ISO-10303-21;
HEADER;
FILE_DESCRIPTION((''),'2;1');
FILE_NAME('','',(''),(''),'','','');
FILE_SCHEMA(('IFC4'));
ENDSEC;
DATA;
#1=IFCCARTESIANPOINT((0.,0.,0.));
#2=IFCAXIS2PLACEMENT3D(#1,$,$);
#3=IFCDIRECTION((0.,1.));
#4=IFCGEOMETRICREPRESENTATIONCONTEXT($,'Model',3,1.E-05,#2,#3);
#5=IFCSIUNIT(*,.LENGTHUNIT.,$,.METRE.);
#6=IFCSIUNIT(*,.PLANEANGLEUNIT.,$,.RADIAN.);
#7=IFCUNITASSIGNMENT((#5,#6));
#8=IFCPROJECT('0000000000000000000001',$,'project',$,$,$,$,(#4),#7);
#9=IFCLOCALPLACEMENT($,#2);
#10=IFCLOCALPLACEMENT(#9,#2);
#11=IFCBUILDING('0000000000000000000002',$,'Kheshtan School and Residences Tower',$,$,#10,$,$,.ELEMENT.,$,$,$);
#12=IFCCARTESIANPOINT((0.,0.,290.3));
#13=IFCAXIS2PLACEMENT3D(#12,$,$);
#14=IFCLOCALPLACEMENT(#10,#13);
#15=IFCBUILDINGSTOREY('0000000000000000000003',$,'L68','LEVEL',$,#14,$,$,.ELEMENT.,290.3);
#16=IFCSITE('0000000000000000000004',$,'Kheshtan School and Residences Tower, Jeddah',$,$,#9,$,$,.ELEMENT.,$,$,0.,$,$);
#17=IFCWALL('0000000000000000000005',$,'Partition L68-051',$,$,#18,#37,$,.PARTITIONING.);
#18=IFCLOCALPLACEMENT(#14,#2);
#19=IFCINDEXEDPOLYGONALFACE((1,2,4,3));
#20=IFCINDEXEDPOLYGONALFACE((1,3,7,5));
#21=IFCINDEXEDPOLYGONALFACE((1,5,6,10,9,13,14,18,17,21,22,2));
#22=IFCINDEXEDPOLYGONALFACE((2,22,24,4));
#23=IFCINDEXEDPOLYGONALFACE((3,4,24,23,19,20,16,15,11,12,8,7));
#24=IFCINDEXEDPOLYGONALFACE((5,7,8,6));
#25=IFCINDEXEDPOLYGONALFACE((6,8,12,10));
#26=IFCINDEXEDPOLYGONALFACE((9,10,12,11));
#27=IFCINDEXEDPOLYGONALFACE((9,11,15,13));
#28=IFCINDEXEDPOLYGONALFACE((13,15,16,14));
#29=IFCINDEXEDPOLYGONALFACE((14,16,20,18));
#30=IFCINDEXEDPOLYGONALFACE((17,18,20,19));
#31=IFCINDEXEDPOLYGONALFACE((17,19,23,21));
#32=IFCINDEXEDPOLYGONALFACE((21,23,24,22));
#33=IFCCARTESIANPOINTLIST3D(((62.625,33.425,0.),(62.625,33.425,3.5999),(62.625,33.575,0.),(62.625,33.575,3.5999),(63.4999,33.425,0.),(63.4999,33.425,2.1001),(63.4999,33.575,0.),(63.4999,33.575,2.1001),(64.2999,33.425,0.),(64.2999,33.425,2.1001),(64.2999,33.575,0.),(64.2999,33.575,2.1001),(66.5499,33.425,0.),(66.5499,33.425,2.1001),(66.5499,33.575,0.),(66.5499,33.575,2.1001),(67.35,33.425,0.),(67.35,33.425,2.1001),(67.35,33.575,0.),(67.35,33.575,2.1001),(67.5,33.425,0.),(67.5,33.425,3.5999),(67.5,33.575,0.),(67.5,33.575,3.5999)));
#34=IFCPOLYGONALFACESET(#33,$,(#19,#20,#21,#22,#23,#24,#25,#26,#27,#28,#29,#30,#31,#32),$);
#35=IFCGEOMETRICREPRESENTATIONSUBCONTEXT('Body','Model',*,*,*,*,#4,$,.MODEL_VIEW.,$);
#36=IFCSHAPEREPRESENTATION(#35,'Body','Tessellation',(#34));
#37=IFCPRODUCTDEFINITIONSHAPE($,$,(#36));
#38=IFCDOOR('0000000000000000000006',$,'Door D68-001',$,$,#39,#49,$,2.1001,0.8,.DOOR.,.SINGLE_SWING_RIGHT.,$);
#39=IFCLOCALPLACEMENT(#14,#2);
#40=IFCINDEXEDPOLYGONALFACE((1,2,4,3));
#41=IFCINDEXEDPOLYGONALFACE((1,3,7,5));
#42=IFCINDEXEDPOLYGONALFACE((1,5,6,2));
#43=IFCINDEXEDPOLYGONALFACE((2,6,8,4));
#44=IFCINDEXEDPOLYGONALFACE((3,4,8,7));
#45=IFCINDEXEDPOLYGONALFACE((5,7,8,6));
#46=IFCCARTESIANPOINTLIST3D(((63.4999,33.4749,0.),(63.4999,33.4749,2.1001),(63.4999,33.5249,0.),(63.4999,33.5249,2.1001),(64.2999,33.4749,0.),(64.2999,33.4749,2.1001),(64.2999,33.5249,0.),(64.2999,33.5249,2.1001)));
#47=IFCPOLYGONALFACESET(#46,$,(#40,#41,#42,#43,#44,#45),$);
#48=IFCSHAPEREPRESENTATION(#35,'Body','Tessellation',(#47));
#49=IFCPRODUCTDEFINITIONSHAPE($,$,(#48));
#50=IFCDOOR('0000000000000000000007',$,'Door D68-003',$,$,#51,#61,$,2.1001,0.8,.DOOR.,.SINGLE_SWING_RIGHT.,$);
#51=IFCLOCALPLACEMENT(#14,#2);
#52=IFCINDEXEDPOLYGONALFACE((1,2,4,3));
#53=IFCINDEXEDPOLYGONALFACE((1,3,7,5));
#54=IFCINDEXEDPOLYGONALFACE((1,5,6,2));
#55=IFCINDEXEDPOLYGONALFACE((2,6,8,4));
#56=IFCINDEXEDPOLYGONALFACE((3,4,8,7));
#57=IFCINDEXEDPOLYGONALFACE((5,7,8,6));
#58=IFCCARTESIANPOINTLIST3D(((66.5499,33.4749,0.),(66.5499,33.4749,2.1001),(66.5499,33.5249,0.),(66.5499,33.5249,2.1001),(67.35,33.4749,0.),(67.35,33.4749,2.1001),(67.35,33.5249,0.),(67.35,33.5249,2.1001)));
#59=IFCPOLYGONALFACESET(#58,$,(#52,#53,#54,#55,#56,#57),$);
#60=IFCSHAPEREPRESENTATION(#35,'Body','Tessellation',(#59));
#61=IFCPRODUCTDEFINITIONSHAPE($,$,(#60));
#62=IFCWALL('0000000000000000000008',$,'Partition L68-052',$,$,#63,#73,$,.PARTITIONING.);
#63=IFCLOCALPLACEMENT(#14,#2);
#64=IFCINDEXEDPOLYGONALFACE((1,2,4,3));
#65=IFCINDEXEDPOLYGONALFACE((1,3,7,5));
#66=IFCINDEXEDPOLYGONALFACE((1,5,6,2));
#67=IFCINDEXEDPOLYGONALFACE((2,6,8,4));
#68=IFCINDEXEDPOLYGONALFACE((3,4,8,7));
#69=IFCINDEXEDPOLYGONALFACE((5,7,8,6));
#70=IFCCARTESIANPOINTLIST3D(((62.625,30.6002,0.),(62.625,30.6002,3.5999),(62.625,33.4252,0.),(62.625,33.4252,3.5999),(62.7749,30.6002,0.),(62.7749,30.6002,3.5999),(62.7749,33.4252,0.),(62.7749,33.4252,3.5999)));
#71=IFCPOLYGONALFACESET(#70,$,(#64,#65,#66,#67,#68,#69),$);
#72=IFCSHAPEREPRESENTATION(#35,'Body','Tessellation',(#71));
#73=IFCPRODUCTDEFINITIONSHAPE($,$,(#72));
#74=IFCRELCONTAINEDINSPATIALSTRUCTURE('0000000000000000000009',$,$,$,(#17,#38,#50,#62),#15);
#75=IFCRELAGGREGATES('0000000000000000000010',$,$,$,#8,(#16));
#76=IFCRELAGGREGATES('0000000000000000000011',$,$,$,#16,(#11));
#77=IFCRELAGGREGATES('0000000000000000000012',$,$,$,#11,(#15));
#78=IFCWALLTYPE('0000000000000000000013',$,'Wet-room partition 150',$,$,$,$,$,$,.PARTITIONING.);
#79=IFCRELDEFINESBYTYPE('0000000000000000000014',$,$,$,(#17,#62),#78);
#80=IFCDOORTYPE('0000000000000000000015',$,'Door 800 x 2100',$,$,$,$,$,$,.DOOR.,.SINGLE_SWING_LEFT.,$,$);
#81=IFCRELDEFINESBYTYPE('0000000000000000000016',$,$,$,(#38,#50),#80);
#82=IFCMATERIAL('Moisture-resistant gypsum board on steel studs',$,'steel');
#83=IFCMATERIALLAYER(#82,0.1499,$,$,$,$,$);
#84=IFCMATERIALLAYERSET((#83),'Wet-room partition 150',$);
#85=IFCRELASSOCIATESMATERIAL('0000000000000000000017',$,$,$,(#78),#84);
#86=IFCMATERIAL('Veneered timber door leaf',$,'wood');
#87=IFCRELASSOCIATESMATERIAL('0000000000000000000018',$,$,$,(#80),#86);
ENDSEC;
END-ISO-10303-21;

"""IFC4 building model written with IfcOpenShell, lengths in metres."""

from ifc_helpers import new_model, si_unit, direction, frame, frame_2d, origin, place, context, subcontext, project, spatial, rectangle, extrude, source, transform, mapped, material, layer, layer_set, type_object, element, fill, save


model = new_model("IFC4")

# Units and contexts
model_context = context("Model", 3, precision=1e-05, world=origin(), true_north=direction((0.0, 1.0)))
body_context = subcontext(model_context, "Body", "Model", "MODEL_VIEW")
ifc_project = project(units=[si_unit("LENGTHUNIT", "METRE"), si_unit("PLANEANGLEUNIT", "RADIAN")], contexts=[model_context])

# Site, building, storey
site_placement = place(None, origin())
site = spatial("IfcSite", under=ifc_project, at=site_placement, Name="Kheshtan School and Residences Tower, Jeddah", CompositionType="ELEMENT", RefElevation=0.0)
building_placement = place(site_placement, origin())
building = spatial("IfcBuilding", under=site, at=building_placement, Name="Kheshtan School and Residences Tower", CompositionType="ELEMENT")
storey_placement = place(building_placement, frame((0.0, 0.0, 290.3)))
storey = spatial("IfcBuildingStorey", under=building, at=storey_placement, Name="L68", Description="LEVEL", CompositionType="ELEMENT", Elevation=290.3)

# Shared definitions
ifc_material_1 = material(Name="Moisture-resistant gypsum board on steel studs", Category="steel")
ifc_layer_1 = layer(ifc_material_1, 0.1499)
ifc_layer_set_1 = layer_set([ifc_layer_1], Name="Wet-room partition 150")
wall_type_1 = type_object("IfcWallType", Name="Wet-room partition 150", PredefinedType="PARTITIONING", material=ifc_layer_set_1)
ifc_material_2 = material(Name="Veneered timber door leaf", Category="wood")
door_type_1 = type_object("IfcDoorType", Name="Door 800 x 2100", OperationType="SINGLE_SWING_LEFT", PredefinedType="DOOR", material=ifc_material_2)
shared_shape_1 = source(origin(), body_context, "Body", "SweptSolid", [
    extrude(rectangle(XDim=0.8, YDim=2.1001, at=frame_2d((0.3999, 1.05))), frame((0.0, 0.0249, 0.0), z_axis=(0.0, -1.0, 0.0), x_axis=(1.0, 0.0, 0.0)), (0.0, 0.0, 1.0), 0.05),
])

# Wall, openings, doors
wall_1_placement = place(storey_placement, frame((62.625, 33.5, 0.0), z_axis=(0.0, 0.0, 1.0), x_axis=(1.0, 0.0, 0.0)))
wall_1 = element("IfcWall", 1, at=wall_1_placement, inside=storey, type_object=wall_type_1, Name="Partition L68-051", PredefinedType="PARTITIONING", context=body_context, shape_type="SweptSolid", body=[
    extrude(rectangle(XDim=4.875, YDim=0.1499, at=frame_2d((2.4375, 0.0))), origin(), (0.0, 0.0, 1.0), 3.5999),
])
opening_1_placement = place(wall_1_placement, frame((0.875, 0.0, 0.0)))
opening_1 = element("IfcOpeningElement", 2, at=opening_1_placement, cuts=wall_1, PredefinedType="OPENING", context=body_context, shape_type="SweptSolid", body=[
    extrude(rectangle(XDim=0.8, YDim=2.1001, at=frame_2d((0.3999, 1.05))), frame((0.0, 0.085, 0.0), z_axis=(0.0, -1.0, 0.0), x_axis=(1.0, 0.0, 0.0)), (0.0, 0.0, 1.0), 0.1699),
])
opening_2_placement = place(wall_1_placement, frame((3.925, 0.0, 0.0)))
opening_2 = element("IfcOpeningElement", 3, at=opening_2_placement, cuts=wall_1, PredefinedType="OPENING", context=body_context, shape_type="SweptSolid", body=[
    extrude(rectangle(XDim=0.8, YDim=2.1001, at=frame_2d((0.3999, 1.05))), frame((0.0, 0.085, 0.0), z_axis=(0.0, -1.0, 0.0), x_axis=(1.0, 0.0, 0.0)), (0.0, 0.0, 1.0), 0.1699),
])
door_1_placement = place(opening_1_placement, origin())
door_1 = element("IfcDoor", 4, at=door_1_placement, inside=storey, type_object=door_type_1, Name="Door D68-001", OperationType="SINGLE_SWING_RIGHT", OverallHeight=2.1001, OverallWidth=0.8, PredefinedType="DOOR", context=body_context, shape_type="MappedRepresentation", body=[
    mapped(shared_shape_1, transform((0.0, 0.0, 0.0), x_axis=(1.0, 0.0, 0.0), y_axis=(0.0, 1.0, 0.0), z_axis=(0.0, 0.0, 1.0), scale=1.0)),
])
fill(opening_1, door_1)
door_2_placement = place(opening_2_placement, origin())
door_2 = element("IfcDoor", 5, at=door_2_placement, inside=storey, type_object=door_type_1, Name="Door D68-003", OperationType="SINGLE_SWING_RIGHT", OverallHeight=2.1001, OverallWidth=0.8, PredefinedType="DOOR", context=body_context, shape_type="MappedRepresentation", body=[
    mapped(shared_shape_1, transform((0.0, 0.0, 0.0), x_axis=(1.0, 0.0, 0.0), y_axis=(0.0, 1.0, 0.0), z_axis=(0.0, 0.0, 1.0), scale=1.0)),
])
fill(opening_2, door_2)

# Wall
wall_2_placement = place(storey_placement, frame((62.7, 30.6001, 0.0), z_axis=(0.0, 0.0, 1.0), x_axis=(0.0, 1.0, 0.0)))
element("IfcWall", 6, at=wall_2_placement, inside=storey, type_object=wall_type_1, Name="Partition L68-052", PredefinedType="PARTITIONING", context=body_context, shape_type="SweptSolid", body=[
    extrude(rectangle(XDim=2.825, YDim=0.1499, at=frame_2d((1.4126, 0.0))), origin(), (0.0, 0.0, 1.0), 3.5999),
])

save(model, "model.ifc")
